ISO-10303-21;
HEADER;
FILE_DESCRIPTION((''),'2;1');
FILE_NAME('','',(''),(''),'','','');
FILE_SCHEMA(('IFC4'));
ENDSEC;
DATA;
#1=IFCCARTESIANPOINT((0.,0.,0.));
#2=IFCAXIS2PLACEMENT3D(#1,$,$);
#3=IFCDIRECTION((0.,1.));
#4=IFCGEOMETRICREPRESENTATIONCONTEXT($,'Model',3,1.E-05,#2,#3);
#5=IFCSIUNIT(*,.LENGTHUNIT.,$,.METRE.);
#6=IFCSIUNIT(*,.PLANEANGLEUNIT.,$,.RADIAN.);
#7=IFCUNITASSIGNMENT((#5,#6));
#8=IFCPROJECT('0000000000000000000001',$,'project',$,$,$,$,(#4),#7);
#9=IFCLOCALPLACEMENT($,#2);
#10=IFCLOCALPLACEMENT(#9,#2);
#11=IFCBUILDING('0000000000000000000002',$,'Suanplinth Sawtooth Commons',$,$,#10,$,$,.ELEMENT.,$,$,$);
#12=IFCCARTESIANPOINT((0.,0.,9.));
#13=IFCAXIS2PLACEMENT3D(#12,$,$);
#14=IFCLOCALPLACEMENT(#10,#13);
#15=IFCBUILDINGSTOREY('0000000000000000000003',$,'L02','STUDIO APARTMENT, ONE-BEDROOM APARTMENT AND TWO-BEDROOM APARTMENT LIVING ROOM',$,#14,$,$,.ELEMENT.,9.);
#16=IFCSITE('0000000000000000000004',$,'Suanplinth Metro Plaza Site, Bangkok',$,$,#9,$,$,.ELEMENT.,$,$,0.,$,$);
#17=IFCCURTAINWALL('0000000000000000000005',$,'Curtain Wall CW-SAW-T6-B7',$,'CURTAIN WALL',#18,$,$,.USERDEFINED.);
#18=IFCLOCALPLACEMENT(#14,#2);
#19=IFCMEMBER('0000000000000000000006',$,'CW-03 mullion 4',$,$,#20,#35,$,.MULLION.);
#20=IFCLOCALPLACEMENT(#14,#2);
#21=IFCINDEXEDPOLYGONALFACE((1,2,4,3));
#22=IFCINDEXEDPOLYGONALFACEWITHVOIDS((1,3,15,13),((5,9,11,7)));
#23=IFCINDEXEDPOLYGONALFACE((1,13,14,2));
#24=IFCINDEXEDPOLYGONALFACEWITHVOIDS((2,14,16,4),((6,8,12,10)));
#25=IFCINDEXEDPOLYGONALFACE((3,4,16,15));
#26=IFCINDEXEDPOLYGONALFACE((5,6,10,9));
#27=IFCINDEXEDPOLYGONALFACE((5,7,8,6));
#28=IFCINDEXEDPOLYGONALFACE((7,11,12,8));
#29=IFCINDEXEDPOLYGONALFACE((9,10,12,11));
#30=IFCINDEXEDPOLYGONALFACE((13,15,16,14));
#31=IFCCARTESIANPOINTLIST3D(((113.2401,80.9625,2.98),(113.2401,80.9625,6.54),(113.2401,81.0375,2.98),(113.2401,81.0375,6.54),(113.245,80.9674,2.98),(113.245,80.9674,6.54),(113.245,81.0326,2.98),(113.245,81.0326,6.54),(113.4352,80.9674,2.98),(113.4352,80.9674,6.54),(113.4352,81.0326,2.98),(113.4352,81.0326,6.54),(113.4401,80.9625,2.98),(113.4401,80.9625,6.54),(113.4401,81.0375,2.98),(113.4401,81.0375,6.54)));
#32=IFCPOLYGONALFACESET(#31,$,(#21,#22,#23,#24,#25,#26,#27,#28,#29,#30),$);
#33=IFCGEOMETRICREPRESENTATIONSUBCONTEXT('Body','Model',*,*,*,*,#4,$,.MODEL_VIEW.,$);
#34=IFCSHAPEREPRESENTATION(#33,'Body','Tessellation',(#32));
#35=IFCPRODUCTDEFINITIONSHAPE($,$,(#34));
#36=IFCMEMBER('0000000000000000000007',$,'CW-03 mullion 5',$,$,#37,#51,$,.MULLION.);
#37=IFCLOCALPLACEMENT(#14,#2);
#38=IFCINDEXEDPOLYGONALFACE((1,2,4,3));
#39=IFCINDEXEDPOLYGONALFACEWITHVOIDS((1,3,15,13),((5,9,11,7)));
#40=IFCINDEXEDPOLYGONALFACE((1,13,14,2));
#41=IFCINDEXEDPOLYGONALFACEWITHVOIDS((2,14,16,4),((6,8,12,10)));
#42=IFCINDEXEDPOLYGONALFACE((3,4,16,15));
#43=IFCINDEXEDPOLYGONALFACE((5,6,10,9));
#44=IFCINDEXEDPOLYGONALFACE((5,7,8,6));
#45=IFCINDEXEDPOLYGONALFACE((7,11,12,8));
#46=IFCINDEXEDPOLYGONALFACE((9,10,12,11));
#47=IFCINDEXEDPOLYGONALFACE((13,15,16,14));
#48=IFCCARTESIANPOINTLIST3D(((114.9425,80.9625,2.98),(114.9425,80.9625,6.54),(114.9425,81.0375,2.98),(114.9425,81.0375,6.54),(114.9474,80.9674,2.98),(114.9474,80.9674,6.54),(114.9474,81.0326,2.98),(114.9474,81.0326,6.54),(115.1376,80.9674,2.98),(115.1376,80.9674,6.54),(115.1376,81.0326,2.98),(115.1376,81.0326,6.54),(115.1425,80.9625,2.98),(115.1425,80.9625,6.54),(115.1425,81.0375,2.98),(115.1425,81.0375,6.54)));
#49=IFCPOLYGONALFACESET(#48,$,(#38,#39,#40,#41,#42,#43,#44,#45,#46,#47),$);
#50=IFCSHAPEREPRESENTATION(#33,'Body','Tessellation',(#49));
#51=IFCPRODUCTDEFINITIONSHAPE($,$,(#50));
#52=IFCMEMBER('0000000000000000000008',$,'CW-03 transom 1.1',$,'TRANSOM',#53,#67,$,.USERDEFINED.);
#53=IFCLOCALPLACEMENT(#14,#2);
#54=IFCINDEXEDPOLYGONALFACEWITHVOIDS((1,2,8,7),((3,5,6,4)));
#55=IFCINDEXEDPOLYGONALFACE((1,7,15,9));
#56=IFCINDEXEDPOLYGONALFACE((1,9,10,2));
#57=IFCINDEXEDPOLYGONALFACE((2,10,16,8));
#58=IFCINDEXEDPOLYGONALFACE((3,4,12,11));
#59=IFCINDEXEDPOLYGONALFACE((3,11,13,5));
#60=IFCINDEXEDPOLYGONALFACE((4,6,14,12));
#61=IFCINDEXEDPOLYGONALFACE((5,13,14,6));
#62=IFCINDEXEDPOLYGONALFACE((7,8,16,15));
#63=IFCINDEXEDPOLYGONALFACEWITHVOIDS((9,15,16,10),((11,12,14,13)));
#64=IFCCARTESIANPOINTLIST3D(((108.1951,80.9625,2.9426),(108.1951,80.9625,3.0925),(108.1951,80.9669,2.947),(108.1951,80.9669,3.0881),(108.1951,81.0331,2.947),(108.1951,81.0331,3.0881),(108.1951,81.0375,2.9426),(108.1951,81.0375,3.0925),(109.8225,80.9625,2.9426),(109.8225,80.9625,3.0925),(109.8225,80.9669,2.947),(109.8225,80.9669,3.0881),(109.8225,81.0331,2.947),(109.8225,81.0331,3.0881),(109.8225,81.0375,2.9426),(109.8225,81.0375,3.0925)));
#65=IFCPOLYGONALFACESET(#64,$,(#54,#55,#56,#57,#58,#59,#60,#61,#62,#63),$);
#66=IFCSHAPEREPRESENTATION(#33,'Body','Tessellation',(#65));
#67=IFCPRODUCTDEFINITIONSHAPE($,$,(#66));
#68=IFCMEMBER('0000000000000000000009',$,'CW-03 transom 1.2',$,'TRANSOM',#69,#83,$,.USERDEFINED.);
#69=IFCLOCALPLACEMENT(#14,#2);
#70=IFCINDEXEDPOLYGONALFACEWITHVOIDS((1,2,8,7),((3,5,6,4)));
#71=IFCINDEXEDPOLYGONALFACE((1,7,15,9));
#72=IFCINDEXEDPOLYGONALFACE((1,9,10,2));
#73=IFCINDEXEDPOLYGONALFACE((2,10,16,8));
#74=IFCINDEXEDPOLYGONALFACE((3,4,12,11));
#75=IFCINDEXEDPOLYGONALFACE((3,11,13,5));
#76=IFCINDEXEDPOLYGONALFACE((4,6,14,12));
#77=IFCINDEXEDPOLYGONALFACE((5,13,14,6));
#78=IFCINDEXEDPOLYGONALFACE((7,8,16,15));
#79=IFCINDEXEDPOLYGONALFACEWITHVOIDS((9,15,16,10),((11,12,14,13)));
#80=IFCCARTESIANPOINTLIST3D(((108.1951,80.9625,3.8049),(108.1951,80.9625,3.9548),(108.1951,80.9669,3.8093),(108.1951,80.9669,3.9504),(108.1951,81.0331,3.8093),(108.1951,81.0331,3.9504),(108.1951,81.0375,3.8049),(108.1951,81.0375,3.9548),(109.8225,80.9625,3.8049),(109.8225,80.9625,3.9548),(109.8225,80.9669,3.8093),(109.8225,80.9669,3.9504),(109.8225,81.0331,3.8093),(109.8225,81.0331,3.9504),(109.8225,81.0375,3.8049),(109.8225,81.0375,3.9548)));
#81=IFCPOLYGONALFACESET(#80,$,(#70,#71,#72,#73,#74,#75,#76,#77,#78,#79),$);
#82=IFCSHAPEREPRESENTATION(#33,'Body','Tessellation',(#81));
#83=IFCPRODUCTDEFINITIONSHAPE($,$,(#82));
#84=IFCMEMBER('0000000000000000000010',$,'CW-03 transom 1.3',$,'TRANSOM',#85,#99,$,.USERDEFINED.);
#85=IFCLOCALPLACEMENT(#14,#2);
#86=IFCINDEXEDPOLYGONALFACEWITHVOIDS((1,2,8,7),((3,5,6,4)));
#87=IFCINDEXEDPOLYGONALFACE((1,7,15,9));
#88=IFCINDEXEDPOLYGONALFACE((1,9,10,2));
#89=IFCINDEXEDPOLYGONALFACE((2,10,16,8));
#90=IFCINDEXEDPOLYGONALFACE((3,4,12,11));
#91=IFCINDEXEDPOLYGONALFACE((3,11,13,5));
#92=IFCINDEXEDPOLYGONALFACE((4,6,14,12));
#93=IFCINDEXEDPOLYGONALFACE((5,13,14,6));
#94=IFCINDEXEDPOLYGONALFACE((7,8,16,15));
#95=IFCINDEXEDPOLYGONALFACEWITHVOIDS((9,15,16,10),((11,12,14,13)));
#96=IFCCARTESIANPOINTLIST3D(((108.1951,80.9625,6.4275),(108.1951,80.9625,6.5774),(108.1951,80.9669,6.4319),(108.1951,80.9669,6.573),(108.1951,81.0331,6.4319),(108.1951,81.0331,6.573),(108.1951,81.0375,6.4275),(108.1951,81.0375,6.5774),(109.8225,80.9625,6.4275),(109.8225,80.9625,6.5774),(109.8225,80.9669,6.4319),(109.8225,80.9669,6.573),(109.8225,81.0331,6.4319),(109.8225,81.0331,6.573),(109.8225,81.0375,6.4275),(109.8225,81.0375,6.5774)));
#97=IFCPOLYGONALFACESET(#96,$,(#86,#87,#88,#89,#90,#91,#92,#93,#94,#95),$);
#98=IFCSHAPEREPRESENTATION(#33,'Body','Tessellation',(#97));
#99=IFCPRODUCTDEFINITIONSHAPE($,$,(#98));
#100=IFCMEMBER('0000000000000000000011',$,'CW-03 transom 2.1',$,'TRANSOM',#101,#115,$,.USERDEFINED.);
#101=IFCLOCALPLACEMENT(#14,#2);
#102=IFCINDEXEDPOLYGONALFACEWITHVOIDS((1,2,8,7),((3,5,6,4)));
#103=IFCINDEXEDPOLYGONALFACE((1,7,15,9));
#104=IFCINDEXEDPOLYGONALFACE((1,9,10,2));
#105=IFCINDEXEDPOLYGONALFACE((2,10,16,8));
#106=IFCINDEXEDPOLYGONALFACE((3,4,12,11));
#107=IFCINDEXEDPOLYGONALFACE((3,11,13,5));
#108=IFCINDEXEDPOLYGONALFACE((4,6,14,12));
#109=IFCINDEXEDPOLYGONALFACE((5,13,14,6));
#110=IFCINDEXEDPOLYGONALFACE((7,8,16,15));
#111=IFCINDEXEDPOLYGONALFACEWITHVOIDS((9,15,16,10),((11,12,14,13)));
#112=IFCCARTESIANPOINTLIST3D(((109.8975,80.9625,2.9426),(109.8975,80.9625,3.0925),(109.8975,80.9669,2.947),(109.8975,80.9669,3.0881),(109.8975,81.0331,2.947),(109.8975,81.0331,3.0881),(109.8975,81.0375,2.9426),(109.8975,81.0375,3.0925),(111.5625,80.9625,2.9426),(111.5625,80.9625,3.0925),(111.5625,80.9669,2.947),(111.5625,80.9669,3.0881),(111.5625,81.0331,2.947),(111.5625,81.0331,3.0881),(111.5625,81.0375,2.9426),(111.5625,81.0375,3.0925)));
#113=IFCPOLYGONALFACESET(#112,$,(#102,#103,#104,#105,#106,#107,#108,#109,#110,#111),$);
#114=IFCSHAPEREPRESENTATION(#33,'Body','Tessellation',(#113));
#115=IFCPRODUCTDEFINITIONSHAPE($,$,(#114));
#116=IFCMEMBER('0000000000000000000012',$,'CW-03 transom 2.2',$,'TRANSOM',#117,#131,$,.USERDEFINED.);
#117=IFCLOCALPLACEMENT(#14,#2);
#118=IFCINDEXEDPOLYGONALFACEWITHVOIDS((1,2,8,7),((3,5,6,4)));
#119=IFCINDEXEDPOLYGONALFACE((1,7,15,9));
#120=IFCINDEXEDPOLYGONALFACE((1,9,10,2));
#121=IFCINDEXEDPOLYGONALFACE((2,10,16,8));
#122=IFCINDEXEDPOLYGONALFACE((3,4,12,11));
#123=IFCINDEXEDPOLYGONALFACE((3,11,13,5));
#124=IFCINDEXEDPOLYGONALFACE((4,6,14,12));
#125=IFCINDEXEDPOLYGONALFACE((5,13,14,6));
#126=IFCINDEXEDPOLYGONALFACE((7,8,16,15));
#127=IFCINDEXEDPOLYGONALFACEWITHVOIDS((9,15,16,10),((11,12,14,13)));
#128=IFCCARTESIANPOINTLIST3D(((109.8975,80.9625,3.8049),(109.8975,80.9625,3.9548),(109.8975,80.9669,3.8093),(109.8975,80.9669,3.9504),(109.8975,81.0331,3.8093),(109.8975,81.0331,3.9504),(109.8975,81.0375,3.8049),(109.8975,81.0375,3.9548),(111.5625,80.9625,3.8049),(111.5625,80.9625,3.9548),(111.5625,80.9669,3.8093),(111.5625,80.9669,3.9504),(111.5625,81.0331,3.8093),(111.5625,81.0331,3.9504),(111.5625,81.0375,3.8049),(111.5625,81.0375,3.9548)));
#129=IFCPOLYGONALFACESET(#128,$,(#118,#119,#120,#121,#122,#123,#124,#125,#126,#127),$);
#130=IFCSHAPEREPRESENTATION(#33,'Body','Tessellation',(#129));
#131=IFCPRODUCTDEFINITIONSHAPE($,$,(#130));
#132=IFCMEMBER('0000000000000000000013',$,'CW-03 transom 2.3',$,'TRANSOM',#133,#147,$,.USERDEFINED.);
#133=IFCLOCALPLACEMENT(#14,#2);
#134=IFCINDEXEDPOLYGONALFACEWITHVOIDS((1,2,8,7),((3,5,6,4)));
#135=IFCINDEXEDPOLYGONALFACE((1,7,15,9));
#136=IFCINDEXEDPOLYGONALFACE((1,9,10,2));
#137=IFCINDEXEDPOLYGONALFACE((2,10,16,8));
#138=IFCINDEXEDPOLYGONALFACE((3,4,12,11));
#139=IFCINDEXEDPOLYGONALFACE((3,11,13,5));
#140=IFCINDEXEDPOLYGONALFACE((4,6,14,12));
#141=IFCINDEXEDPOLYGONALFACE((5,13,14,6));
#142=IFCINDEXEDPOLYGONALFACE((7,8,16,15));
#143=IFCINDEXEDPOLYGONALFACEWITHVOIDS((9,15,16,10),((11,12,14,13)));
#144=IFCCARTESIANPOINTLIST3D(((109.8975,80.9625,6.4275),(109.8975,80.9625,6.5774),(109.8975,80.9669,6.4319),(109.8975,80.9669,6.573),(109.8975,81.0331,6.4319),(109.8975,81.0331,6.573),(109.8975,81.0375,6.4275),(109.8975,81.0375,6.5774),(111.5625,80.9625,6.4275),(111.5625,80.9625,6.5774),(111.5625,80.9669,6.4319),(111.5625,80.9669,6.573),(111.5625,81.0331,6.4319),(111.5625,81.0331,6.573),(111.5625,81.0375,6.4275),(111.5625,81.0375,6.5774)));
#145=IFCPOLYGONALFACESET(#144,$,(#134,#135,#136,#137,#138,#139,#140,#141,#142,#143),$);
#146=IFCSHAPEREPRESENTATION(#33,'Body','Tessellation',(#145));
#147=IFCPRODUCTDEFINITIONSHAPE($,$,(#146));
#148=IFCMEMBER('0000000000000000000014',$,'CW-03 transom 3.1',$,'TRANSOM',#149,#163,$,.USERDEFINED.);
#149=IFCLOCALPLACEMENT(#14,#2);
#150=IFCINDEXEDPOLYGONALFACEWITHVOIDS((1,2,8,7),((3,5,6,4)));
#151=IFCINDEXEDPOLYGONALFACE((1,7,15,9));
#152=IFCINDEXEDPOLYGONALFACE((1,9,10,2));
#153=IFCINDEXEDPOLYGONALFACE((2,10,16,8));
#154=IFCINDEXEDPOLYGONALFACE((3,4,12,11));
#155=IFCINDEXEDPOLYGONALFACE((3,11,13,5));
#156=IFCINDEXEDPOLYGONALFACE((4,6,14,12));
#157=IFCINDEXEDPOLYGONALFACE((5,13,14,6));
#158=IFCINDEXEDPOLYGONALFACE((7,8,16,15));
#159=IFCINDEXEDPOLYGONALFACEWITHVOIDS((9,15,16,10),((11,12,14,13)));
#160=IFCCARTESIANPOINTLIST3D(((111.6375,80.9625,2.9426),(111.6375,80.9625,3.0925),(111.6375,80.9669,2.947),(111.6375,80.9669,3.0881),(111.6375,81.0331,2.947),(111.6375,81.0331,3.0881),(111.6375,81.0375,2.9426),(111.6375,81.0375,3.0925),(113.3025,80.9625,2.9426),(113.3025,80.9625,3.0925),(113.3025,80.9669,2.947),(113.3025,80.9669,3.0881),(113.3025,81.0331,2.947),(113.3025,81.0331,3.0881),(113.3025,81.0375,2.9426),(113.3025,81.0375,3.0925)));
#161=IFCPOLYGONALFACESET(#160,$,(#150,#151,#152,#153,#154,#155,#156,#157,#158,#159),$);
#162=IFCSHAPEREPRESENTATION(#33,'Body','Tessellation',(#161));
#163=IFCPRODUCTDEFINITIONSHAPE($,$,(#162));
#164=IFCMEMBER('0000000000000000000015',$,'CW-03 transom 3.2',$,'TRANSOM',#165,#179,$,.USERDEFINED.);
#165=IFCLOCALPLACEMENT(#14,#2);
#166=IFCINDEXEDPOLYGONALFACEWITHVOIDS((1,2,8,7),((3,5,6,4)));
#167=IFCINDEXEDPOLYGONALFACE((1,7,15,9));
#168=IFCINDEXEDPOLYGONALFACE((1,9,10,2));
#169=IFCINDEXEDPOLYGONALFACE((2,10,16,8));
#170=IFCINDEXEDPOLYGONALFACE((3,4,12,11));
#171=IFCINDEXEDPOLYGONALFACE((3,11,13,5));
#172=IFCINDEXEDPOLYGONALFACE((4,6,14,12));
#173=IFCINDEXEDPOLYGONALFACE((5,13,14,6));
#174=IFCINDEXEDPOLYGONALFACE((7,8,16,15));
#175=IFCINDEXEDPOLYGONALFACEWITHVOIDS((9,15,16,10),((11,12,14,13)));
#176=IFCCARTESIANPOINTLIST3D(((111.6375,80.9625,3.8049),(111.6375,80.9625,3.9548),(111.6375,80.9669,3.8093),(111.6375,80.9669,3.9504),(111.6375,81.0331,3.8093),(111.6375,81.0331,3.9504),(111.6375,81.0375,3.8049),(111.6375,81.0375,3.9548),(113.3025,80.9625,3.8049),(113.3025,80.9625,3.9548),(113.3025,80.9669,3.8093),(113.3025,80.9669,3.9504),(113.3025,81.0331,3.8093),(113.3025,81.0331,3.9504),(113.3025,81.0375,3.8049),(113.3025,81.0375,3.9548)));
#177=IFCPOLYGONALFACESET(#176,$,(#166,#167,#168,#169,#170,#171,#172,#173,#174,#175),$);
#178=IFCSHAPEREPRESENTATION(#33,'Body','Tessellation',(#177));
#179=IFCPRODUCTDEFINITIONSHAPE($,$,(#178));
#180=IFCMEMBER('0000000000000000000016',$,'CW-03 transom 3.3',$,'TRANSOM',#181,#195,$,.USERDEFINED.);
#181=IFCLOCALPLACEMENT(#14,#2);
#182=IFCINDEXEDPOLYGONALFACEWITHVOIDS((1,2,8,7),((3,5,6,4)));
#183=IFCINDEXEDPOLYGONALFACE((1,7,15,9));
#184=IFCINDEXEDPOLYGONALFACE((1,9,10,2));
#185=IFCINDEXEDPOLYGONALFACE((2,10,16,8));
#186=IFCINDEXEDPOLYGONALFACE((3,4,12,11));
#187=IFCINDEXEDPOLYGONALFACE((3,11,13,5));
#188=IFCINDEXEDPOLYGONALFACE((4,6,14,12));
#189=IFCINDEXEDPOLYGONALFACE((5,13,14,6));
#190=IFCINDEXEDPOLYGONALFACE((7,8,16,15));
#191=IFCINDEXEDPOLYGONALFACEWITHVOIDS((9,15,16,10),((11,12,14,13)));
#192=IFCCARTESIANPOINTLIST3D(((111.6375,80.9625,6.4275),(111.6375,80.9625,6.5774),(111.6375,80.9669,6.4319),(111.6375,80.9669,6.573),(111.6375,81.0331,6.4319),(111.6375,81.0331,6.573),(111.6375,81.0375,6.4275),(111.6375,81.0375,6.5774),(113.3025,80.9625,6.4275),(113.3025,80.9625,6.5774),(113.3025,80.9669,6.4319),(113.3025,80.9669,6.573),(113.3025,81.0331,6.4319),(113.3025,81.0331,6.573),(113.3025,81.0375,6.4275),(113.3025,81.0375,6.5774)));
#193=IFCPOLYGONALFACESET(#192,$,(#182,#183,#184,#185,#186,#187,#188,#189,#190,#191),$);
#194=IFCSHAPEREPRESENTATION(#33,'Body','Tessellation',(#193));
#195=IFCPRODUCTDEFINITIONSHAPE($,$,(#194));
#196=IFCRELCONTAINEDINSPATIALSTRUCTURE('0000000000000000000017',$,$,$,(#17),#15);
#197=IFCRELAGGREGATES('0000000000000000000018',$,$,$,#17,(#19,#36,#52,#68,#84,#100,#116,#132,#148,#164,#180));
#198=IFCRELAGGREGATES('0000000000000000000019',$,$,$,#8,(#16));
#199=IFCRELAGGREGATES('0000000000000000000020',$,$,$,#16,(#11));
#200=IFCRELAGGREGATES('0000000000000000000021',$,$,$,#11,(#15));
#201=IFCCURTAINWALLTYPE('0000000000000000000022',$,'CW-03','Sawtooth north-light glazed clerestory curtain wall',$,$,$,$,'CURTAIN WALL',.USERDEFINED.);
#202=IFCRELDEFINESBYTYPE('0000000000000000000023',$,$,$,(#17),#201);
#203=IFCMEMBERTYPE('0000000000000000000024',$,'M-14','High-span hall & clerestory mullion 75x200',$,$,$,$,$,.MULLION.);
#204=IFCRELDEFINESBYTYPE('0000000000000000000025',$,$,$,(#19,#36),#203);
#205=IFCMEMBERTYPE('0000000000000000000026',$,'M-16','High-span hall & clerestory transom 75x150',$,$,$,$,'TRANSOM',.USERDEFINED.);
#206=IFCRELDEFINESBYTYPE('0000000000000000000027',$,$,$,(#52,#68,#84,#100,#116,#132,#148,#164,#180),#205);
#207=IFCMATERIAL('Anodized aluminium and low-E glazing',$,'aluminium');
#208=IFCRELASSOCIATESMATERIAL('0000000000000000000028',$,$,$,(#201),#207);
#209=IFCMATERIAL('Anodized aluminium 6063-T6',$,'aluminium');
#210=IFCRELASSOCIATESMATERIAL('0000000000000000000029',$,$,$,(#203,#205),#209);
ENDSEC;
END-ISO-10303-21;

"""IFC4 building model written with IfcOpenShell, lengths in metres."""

from ifc_helpers import new_model, si_unit, direction, frame, origin, origin_2d, place, context, subcontext, project, spatial, hollow_rectangle, extrude, material, material_profile, profile_set, type_object, element, aggregate, save


model = new_model("IFC4")

# Units and contexts
model_context = context("Model", 3, precision=1e-05, world=origin(), true_north=direction((0.0, 1.0)))
body_context = subcontext(model_context, "Body", "Model", "MODEL_VIEW")
ifc_project = project(units=[si_unit("LENGTHUNIT", "METRE"), si_unit("PLANEANGLEUNIT", "RADIAN")], contexts=[model_context])

# Site, building, storey
site_placement = place(None, origin())
site = spatial("IfcSite", under=ifc_project, at=site_placement, Name="Suanplinth Metro Plaza Site, Bangkok", CompositionType="ELEMENT", RefElevation=0.0)
building_placement = place(site_placement, origin())
building = spatial("IfcBuilding", under=site, at=building_placement, Name="Suanplinth Sawtooth Commons", CompositionType="ELEMENT")
storey_placement = place(building_placement, frame((0.0, 0.0, 9.0)))
storey = spatial("IfcBuildingStorey", under=building, at=storey_placement, Name="L02", Description="STUDIO APARTMENT, ONE-BEDROOM APARTMENT AND TWO-BEDROOM APARTMENT LIVING ROOM", CompositionType="ELEMENT", Elevation=9.0)

# Curtain wall, members
ifc_material_1 = material(Name="Anodized aluminium and low-E glazing", Category="aluminium")
curtain_wall_type = type_object("IfcCurtainWallType", Name="CW-03", Description="Sawtooth north-light glazed clerestory curtain wall", ElementType="CURTAIN WALL", PredefinedType="USERDEFINED", material=ifc_material_1)
curtain_wall_placement = place(storey_placement, origin())
curtain_wall = element("IfcCurtainWall", 1, at=curtain_wall_placement, inside=storey, type_object=curtain_wall_type, Name="Curtain Wall CW-SAW-T6-B7", ObjectType="CURTAIN WALL", PredefinedType="USERDEFINED")
ifc_material_2 = material(Name="Anodized aluminium 6063-T6", Category="aluminium")
ifc_material_profile_1 = material_profile(ifc_material_2, hollow_rectangle(XDim=0.075, YDim=0.2, WallThickness=0.0049, at=origin_2d()), Name="ALU-MUL 75x200")
ifc_profile_set_1 = profile_set([ifc_material_profile_1], Name="Anodized aluminium 6063-T6")
member_type_1 = type_object("IfcMemberType", Name="M-14", Description="High-span hall & clerestory mullion 75x200", PredefinedType="MULLION", material=ifc_profile_set_1)
member_1_placement = place(storey_placement, frame((113.3401, 81.0, 2.98), z_axis=(0.0, 0.0, 1.0), x_axis=(0.0, 1.0, 0.0)))
member_1 = element("IfcMember", 2, at=member_1_placement, type_object=member_type_1, Name="CW-03 mullion 4", PredefinedType="MULLION", context=body_context, shape_type="SweptSolid", body=[
    extrude(hollow_rectangle(XDim=0.075, YDim=0.2, WallThickness=0.0049, at=origin_2d()), origin(), (0.0, 0.0, 1.0), 3.5601),
])
member_2_placement = place(storey_placement, frame((115.0425, 81.0, 2.98), z_axis=(0.0, 0.0, 1.0), x_axis=(0.0, 1.0, 0.0)))
member_2 = element("IfcMember", 3, at=member_2_placement, type_object=member_type_1, Name="CW-03 mullion 5", PredefinedType="MULLION", context=body_context, shape_type="SweptSolid", body=[
    extrude(hollow_rectangle(XDim=0.075, YDim=0.2, WallThickness=0.0049, at=origin_2d()), origin(), (0.0, 0.0, 1.0), 3.5601),
])
ifc_material_profile_2 = material_profile(ifc_material_2, hollow_rectangle(XDim=0.075, YDim=0.1499, WallThickness=0.0044, at=origin_2d()), Name="ALU-TRN 75x150")
ifc_profile_set_2 = profile_set([ifc_material_profile_2], Name="Anodized aluminium 6063-T6")
member_type_2 = type_object("IfcMemberType", Name="M-16", Description="High-span hall & clerestory transom 75x150", ElementType="TRANSOM", PredefinedType="USERDEFINED", material=ifc_profile_set_2)
member_3_placement = place(storey_placement, frame((108.1951, 81.0, 3.0176), z_axis=(1.0, 0.0, 0.0), x_axis=(0.0, 1.0, 0.0)))
member_3 = element("IfcMember", 4, at=member_3_placement, type_object=member_type_2, Name="CW-03 transom 1.1", ObjectType="TRANSOM", PredefinedType="USERDEFINED", context=body_context, shape_type="SweptSolid", body=[
    extrude(hollow_rectangle(XDim=0.075, YDim=0.1499, WallThickness=0.0044, at=origin_2d()), origin(), (0.0, 0.0, 1.0), 1.6274),
])
member_4_placement = place(storey_placement, frame((108.1951, 81.0, 3.8799), z_axis=(1.0, 0.0, 0.0), x_axis=(0.0, 1.0, 0.0)))
member_4 = element("IfcMember", 5, at=member_4_placement, type_object=member_type_2, Name="CW-03 transom 1.2", ObjectType="TRANSOM", PredefinedType="USERDEFINED", context=body_context, shape_type="SweptSolid", body=[
    extrude(hollow_rectangle(XDim=0.075, YDim=0.1499, WallThickness=0.0044, at=origin_2d()), origin(), (0.0, 0.0, 1.0), 1.6274),
])
member_5_placement = place(storey_placement, frame((108.1951, 81.0, 6.5024), z_axis=(1.0, 0.0, 0.0), x_axis=(0.0, 1.0, 0.0)))
member_5 = element("IfcMember", 6, at=member_5_placement, type_object=member_type_2, Name="CW-03 transom 1.3", ObjectType="TRANSOM", PredefinedType="USERDEFINED", context=body_context, shape_type="SweptSolid", body=[
    extrude(hollow_rectangle(XDim=0.075, YDim=0.1499, WallThickness=0.0044, at=origin_2d()), origin(), (0.0, 0.0, 1.0), 1.6274),
])
member_6_placement = place(storey_placement, frame((109.8975, 81.0, 3.0176), z_axis=(1.0, 0.0, 0.0), x_axis=(0.0, 1.0, 0.0)))
member_6 = element("IfcMember", 7, at=member_6_placement, type_object=member_type_2, Name="CW-03 transom 2.1", ObjectType="TRANSOM", PredefinedType="USERDEFINED", context=body_context, shape_type="SweptSolid", body=[
    extrude(hollow_rectangle(XDim=0.075, YDim=0.1499, WallThickness=0.0044, at=origin_2d()), origin(), (0.0, 0.0, 1.0), 1.665),
])
member_7_placement = place(storey_placement, frame((109.8975, 81.0, 3.8799), z_axis=(1.0, 0.0, 0.0), x_axis=(0.0, 1.0, 0.0)))
member_7 = element("IfcMember", 8, at=member_7_placement, type_object=member_type_2, Name="CW-03 transom 2.2", ObjectType="TRANSOM", PredefinedType="USERDEFINED", context=body_context, shape_type="SweptSolid", body=[
    extrude(hollow_rectangle(XDim=0.075, YDim=0.1499, WallThickness=0.0044, at=origin_2d()), origin(), (0.0, 0.0, 1.0), 1.665),
])
member_8_placement = place(storey_placement, frame((109.8975, 81.0, 6.5024), z_axis=(1.0, 0.0, 0.0), x_axis=(0.0, 1.0, 0.0)))
member_8 = element("IfcMember", 9, at=member_8_placement, type_object=member_type_2, Name="CW-03 transom 2.3", ObjectType="TRANSOM", PredefinedType="USERDEFINED", context=body_context, shape_type="SweptSolid", body=[
    extrude(hollow_rectangle(XDim=0.075, YDim=0.1499, WallThickness=0.0044, at=origin_2d()), origin(), (0.0, 0.0, 1.0), 1.665),
])
member_9_placement = place(storey_placement, frame((111.6375, 81.0, 3.0176), z_axis=(1.0, 0.0, 0.0), x_axis=(0.0, 1.0, 0.0)))
member_9 = element("IfcMember", 10, at=member_9_placement, type_object=member_type_2, Name="CW-03 transom 3.1", ObjectType="TRANSOM", PredefinedType="USERDEFINED", context=body_context, shape_type="SweptSolid", body=[
    extrude(hollow_rectangle(XDim=0.075, YDim=0.1499, WallThickness=0.0044, at=origin_2d()), origin(), (0.0, 0.0, 1.0), 1.665),
])
member_10_placement = place(storey_placement, frame((111.6375, 81.0, 3.8799), z_axis=(1.0, 0.0, 0.0), x_axis=(0.0, 1.0, 0.0)))
member_10 = element("IfcMember", 11, at=member_10_placement, type_object=member_type_2, Name="CW-03 transom 3.2", ObjectType="TRANSOM", PredefinedType="USERDEFINED", context=body_context, shape_type="SweptSolid", body=[
    extrude(hollow_rectangle(XDim=0.075, YDim=0.1499, WallThickness=0.0044, at=origin_2d()), origin(), (0.0, 0.0, 1.0), 1.665),
])
member_11_placement = place(storey_placement, frame((111.6375, 81.0, 6.5024), z_axis=(1.0, 0.0, 0.0), x_axis=(0.0, 1.0, 0.0)))
member_11 = element("IfcMember", 12, at=member_11_placement, type_object=member_type_2, Name="CW-03 transom 3.3", ObjectType="TRANSOM", PredefinedType="USERDEFINED", context=body_context, shape_type="SweptSolid", body=[
    extrude(hollow_rectangle(XDim=0.075, YDim=0.1499, WallThickness=0.0044, at=origin_2d()), origin(), (0.0, 0.0, 1.0), 1.665),
])

aggregate(curtain_wall, [member_1, member_2, member_3, member_4, member_5, member_6, member_7, member_8, member_9, member_10, member_11])

save(model, "model.ifc")
